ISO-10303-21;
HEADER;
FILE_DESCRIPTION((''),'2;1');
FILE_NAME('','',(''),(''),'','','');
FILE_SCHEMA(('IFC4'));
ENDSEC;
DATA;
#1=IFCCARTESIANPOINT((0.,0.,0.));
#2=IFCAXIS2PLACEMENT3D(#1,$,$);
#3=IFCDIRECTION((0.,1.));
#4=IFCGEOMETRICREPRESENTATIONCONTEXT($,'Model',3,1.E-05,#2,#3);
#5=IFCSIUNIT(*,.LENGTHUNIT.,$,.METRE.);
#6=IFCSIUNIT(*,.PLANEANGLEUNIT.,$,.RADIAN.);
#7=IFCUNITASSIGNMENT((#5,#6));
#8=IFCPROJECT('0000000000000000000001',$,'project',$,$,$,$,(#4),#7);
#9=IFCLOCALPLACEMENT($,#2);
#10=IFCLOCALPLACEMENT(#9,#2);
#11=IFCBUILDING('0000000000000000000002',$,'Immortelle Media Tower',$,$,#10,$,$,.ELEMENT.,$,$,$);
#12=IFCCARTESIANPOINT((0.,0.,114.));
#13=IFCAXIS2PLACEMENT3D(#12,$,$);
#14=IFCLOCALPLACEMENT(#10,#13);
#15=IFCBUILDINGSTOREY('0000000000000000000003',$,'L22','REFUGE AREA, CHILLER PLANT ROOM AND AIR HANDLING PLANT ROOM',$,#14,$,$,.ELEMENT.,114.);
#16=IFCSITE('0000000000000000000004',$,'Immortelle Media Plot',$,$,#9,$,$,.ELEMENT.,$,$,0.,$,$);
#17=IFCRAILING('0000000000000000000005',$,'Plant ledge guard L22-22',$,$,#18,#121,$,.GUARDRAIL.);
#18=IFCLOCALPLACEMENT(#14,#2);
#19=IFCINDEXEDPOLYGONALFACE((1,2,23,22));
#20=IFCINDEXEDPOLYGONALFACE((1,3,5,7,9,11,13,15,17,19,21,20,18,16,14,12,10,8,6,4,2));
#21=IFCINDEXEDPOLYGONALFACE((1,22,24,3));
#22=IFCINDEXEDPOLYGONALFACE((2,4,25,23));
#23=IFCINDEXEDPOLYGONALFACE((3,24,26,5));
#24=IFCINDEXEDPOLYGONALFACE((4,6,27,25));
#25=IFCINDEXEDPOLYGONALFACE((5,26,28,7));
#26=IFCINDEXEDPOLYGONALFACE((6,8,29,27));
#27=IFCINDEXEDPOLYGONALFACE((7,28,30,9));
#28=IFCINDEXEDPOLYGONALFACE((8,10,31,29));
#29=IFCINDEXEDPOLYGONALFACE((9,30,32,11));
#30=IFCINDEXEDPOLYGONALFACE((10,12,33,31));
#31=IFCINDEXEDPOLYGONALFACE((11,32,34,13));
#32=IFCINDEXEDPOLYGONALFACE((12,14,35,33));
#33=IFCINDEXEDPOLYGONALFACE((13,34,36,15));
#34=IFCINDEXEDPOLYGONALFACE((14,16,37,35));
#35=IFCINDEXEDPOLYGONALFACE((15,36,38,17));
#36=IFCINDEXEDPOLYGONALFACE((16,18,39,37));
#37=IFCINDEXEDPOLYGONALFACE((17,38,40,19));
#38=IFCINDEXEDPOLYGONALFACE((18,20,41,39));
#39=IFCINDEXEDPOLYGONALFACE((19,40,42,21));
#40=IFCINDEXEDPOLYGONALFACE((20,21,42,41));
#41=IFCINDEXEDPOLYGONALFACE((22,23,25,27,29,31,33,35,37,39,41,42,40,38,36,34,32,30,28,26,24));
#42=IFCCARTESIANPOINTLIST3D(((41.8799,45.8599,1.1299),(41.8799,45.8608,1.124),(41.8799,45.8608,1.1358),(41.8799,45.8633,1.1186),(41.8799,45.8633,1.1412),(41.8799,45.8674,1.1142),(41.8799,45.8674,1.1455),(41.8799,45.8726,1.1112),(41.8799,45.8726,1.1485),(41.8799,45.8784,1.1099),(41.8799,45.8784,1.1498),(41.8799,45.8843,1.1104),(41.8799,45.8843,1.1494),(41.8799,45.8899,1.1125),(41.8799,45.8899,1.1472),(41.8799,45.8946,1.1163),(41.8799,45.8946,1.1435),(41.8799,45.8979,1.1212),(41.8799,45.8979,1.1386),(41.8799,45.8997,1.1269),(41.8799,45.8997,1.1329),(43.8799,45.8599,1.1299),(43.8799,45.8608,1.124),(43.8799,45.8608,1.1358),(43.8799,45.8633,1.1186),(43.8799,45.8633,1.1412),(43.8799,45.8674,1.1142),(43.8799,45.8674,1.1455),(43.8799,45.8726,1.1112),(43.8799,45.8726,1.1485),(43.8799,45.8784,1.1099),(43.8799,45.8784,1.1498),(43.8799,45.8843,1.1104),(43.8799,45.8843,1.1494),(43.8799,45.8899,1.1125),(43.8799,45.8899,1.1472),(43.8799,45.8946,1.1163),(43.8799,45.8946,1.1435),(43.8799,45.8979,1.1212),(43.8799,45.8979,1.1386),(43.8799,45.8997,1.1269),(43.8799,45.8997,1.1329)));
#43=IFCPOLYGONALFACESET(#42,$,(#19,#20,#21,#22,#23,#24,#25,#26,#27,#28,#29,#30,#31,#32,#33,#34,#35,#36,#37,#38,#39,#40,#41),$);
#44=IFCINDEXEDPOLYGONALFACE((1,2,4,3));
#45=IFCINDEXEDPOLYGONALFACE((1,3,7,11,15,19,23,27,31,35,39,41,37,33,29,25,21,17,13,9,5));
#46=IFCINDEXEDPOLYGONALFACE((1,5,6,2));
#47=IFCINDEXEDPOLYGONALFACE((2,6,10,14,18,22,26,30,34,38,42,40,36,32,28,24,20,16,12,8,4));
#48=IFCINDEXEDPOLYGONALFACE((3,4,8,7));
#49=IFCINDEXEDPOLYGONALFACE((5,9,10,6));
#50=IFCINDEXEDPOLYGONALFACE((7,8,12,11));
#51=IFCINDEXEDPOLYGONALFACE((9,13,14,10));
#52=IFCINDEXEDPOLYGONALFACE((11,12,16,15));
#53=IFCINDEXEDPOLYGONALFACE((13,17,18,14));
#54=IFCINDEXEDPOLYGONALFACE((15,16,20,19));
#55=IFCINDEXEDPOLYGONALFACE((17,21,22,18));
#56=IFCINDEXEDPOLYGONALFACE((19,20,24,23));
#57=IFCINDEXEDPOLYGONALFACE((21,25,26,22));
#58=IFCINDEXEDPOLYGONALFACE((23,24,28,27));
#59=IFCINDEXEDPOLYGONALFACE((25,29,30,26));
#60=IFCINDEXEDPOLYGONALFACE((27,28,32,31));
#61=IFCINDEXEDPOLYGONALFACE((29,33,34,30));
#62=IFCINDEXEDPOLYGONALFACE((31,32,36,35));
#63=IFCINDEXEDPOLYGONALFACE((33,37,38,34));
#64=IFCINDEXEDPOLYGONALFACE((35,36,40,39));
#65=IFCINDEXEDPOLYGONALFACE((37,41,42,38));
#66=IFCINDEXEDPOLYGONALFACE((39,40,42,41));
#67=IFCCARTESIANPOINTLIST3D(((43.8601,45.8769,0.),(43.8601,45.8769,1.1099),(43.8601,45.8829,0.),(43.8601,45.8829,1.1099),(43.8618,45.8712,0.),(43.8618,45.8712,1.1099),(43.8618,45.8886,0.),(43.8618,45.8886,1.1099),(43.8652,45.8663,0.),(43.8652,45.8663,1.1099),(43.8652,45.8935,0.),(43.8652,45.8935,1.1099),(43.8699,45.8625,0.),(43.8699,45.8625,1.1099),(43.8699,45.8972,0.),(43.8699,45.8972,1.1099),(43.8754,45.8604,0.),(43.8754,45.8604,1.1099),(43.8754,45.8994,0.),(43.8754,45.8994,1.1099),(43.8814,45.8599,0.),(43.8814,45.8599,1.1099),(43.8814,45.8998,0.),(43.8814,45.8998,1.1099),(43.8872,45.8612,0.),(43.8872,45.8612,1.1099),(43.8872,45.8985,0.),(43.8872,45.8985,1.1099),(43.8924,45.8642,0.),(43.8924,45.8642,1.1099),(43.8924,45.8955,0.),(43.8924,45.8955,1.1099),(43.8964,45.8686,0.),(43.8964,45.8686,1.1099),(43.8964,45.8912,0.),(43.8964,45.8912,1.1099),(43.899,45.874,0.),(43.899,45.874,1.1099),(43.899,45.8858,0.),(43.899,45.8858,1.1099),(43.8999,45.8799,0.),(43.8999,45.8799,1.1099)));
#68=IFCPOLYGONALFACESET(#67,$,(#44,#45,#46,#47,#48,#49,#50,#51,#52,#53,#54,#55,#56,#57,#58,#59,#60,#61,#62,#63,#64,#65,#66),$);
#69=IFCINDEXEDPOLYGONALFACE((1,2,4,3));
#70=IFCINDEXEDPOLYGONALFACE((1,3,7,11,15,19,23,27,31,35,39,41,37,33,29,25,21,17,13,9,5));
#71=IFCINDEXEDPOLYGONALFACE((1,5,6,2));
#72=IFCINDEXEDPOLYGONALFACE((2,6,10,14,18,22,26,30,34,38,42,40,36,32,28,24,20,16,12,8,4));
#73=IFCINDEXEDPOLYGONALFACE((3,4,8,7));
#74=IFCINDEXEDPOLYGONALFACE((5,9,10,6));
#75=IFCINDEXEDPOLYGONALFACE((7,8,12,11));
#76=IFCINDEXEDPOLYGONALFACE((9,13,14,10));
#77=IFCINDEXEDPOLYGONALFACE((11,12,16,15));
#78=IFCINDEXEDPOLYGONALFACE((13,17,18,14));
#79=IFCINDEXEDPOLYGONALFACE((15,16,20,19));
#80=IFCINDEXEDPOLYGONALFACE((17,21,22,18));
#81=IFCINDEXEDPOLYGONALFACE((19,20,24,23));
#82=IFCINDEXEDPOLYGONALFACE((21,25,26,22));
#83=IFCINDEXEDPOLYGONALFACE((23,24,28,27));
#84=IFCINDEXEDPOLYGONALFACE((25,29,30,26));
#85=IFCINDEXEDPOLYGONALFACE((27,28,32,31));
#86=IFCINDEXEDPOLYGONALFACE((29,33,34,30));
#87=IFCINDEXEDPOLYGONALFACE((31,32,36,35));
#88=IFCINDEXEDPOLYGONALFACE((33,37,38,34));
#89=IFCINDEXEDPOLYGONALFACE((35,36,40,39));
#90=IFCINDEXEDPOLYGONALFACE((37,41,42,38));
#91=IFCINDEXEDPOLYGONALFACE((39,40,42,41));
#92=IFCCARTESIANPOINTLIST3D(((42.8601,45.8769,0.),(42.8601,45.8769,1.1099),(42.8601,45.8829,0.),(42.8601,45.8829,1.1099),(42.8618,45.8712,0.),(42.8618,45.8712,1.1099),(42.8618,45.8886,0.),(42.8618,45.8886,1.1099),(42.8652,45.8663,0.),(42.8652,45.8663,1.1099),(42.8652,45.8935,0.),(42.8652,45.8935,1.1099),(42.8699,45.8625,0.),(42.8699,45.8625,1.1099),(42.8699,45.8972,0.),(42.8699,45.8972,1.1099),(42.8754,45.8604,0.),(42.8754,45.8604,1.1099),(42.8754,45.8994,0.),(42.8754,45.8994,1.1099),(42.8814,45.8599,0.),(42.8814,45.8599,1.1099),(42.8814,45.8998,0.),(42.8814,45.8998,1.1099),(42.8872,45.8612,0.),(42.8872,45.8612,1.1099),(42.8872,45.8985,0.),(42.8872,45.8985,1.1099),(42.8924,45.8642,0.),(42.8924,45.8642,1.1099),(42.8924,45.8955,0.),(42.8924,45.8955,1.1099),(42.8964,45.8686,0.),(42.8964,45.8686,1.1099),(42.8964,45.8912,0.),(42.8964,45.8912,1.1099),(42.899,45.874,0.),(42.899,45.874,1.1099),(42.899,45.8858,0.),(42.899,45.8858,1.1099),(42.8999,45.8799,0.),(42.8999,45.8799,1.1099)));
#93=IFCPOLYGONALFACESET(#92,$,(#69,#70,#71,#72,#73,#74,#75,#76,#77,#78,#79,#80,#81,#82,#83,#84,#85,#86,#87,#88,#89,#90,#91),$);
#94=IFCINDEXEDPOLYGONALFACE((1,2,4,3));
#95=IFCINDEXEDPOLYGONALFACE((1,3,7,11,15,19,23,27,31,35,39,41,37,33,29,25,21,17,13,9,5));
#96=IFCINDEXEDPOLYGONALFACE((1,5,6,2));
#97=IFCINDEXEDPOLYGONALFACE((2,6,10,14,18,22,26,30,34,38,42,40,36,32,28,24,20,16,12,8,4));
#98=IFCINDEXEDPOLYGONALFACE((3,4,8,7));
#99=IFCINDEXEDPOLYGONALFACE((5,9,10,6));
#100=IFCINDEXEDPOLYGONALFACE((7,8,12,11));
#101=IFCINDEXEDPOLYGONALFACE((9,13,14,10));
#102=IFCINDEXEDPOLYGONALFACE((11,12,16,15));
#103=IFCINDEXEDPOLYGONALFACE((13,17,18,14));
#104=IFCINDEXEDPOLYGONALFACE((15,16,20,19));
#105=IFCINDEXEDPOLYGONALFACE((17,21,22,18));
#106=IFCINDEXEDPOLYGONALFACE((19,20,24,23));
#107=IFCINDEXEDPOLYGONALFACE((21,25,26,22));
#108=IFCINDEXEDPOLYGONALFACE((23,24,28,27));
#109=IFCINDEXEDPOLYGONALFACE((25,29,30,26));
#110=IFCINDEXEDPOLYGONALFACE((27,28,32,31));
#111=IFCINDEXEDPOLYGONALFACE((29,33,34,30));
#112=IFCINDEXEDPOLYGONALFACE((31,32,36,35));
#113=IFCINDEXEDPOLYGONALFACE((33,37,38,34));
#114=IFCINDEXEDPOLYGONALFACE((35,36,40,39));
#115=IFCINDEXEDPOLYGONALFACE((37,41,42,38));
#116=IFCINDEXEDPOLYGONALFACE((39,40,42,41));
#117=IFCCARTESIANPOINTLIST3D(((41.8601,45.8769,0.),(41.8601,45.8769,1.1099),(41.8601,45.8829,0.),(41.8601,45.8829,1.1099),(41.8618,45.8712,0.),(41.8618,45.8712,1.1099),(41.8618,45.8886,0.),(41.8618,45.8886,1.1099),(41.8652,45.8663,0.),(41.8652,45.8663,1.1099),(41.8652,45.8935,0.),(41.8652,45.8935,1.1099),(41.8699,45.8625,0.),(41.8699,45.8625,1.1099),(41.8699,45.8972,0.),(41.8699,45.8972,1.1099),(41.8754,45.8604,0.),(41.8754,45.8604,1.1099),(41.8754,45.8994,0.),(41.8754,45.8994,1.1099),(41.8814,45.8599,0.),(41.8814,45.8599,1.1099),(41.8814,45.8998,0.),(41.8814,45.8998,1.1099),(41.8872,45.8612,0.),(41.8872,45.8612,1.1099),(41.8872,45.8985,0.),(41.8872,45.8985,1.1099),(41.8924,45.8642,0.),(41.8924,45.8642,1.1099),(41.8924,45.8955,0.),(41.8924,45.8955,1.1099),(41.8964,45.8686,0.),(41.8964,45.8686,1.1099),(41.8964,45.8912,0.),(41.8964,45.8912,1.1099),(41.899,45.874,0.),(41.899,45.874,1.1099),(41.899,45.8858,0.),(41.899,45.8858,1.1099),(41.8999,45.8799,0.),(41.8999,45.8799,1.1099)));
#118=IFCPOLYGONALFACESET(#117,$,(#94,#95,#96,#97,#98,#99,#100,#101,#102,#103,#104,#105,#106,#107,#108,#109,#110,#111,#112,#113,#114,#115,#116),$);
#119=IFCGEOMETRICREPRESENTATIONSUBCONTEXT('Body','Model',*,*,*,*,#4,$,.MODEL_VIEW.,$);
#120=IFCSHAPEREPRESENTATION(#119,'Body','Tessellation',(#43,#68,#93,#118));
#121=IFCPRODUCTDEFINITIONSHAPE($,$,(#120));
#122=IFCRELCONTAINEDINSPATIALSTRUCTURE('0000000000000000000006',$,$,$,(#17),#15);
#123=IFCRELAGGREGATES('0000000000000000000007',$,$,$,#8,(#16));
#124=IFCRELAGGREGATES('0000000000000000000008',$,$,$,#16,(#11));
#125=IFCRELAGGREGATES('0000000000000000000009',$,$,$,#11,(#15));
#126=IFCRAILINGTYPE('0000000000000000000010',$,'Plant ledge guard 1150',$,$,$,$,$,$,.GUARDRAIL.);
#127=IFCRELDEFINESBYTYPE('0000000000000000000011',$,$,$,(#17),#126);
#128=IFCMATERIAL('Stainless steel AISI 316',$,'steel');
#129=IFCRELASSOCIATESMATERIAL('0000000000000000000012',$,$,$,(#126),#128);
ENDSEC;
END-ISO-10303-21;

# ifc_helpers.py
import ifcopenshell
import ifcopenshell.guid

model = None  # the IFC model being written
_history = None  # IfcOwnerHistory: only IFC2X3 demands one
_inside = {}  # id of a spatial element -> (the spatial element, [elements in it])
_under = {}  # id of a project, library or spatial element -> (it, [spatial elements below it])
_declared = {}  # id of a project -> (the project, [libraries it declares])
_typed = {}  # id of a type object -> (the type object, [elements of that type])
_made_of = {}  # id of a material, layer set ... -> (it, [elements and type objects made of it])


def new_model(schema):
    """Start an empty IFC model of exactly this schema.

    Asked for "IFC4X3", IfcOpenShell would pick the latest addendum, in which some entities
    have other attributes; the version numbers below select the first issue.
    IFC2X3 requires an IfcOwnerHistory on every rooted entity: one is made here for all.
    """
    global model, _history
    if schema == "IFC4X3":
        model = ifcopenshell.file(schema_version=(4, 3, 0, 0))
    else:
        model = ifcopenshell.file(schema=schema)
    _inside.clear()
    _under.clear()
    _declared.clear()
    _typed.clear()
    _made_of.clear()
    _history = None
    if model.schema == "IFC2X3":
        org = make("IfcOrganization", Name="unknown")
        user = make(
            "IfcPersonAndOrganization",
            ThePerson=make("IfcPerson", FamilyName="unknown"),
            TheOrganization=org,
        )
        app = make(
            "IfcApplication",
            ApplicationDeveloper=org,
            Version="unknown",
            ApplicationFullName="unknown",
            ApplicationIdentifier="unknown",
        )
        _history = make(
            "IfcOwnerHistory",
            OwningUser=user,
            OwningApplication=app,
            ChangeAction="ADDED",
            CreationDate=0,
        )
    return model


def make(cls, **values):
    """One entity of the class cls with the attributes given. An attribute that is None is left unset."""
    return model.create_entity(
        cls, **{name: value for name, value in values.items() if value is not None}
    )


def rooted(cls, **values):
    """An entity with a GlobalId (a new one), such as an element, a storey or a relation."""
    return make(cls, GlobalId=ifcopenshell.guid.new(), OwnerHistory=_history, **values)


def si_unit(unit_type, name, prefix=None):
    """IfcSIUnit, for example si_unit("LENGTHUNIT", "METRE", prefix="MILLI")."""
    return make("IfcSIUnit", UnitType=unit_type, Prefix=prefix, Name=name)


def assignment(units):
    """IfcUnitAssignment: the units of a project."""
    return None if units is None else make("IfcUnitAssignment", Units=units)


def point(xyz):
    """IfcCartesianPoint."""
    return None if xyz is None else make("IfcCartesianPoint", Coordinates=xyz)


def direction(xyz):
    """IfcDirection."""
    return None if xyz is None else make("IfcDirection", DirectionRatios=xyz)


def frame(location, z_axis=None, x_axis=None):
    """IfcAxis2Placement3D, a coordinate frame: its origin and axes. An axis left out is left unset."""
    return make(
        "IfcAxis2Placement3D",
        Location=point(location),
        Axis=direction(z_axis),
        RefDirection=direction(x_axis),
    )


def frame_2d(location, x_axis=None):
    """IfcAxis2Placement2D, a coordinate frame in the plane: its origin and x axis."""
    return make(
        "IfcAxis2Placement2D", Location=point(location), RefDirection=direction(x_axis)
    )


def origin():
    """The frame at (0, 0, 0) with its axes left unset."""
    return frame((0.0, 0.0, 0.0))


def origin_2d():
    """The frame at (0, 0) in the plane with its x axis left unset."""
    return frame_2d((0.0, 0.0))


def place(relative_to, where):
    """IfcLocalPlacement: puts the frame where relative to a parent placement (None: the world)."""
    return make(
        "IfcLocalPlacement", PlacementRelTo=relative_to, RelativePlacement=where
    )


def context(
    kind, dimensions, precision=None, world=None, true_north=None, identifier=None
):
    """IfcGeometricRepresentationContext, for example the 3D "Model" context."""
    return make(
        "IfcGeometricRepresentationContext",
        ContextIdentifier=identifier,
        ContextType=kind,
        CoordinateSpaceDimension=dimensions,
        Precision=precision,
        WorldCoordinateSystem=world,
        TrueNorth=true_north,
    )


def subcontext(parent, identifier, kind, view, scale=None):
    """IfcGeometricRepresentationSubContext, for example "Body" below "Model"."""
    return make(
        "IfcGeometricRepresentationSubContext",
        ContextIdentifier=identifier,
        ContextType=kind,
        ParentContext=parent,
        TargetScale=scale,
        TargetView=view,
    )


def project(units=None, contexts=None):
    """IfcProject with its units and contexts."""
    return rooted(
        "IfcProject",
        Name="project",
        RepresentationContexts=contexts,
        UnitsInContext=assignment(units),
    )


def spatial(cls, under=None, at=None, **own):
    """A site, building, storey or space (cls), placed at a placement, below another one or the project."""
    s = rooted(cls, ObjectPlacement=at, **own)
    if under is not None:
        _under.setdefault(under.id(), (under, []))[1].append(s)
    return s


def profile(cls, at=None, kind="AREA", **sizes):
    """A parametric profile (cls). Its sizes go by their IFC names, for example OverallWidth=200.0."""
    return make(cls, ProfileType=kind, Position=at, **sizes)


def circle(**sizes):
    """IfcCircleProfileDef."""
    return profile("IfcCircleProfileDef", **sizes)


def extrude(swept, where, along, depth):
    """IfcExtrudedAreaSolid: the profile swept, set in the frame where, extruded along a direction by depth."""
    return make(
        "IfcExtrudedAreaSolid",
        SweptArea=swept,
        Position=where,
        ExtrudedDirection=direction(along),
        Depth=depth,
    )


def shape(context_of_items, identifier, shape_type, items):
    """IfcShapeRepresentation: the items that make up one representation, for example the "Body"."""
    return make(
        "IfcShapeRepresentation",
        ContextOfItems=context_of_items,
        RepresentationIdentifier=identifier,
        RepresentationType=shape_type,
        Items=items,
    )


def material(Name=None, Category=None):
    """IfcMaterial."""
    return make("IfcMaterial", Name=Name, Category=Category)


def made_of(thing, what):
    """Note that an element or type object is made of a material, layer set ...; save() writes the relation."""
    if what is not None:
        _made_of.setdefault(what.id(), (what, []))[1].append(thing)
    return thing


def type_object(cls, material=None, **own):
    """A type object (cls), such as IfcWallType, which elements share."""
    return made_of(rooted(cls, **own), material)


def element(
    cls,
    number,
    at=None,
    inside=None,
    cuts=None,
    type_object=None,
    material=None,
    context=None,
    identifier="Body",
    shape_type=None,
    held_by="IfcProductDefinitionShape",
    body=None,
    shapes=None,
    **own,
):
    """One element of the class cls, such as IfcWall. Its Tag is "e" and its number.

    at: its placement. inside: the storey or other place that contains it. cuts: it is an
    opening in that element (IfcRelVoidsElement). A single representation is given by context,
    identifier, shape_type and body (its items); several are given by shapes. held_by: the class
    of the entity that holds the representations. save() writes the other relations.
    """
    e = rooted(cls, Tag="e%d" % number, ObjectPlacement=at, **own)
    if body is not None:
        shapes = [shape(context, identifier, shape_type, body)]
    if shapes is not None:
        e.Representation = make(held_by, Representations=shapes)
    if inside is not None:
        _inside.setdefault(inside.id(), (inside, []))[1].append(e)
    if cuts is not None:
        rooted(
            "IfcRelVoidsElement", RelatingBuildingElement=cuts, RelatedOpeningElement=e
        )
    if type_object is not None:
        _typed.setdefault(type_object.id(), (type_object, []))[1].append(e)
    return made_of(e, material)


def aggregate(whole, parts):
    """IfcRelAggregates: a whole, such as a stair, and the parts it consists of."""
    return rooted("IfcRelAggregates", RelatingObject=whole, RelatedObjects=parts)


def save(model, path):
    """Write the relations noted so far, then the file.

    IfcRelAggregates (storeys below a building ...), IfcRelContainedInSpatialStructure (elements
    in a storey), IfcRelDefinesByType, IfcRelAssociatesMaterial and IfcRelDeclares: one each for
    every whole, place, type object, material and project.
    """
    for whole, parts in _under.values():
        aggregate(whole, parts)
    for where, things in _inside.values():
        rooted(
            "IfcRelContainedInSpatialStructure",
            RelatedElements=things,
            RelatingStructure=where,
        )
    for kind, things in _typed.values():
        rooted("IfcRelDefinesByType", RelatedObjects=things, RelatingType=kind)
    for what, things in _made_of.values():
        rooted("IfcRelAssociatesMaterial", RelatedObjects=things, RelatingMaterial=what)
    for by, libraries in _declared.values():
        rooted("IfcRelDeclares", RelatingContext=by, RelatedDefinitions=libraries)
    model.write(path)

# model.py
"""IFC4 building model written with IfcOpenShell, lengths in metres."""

from ifc_helpers import new_model, si_unit, direction, frame, origin, origin_2d, place, context, subcontext, project, spatial, circle, extrude, material, type_object, element, save


model = new_model("IFC4")

# Units and contexts
model_context = context("Model", 3, precision=1e-05, world=origin(), true_north=direction((0.0, 1.0)))
body_context = subcontext(model_context, "Body", "Model", "MODEL_VIEW")
ifc_project = project(units=[si_unit("LENGTHUNIT", "METRE"), si_unit("PLANEANGLEUNIT", "RADIAN")], contexts=[model_context])

# Site, building, storey
site_placement = place(None, origin())
site = spatial("IfcSite", under=ifc_project, at=site_placement, Name="Immortelle Media Plot", CompositionType="ELEMENT", RefElevation=0.0)
building_placement = place(site_placement, origin())
building = spatial("IfcBuilding", under=site, at=building_placement, Name="Immortelle Media Tower", CompositionType="ELEMENT")
storey_placement = place(building_placement, frame((0.0, 0.0, 114.0)))
storey = spatial("IfcBuildingStorey", under=building, at=storey_placement, Name="L22", Description="REFUGE AREA, CHILLER PLANT ROOM AND AIR HANDLING PLANT ROOM", CompositionType="ELEMENT", Elevation=114.0)

# Railing
ifc_material_1 = material(Name="Stainless steel AISI 316", Category="steel")
railing_type = type_object("IfcRailingType", Name="Plant ledge guard 1150", PredefinedType="GUARDRAIL", material=ifc_material_1)
railing_1_placement = place(storey_placement, frame((43.8799, 45.8799, 0.0)))
element("IfcRailing", 1, at=railing_1_placement, inside=storey, type_object=railing_type, Name="Plant ledge guard L22-22", PredefinedType="GUARDRAIL", context=body_context, shape_type="SweptSolid", body=[
    extrude(circle(Radius=0.02, at=origin_2d()), frame((0.0, 0.0, 1.1299), z_axis=(-1.0, 0.0, 0.0), x_axis=(0.0, -1.0, 0.0)), (0.0, 0.0, 1.0), 2.0),
    extrude(circle(Radius=0.02, at=origin_2d()), origin(), (0.0, 0.0, 1.0), 1.1099),
    extrude(circle(Radius=0.02, at=origin_2d()), frame((-1.0, 0.0, 0.0)), (0.0, 0.0, 1.0), 1.1099),
    extrude(circle(Radius=0.02, at=origin_2d()), frame((-2.0, 0.0, 0.0)), (0.0, 0.0, 1.0), 1.1099),
])

save(model, "model.ifc")
